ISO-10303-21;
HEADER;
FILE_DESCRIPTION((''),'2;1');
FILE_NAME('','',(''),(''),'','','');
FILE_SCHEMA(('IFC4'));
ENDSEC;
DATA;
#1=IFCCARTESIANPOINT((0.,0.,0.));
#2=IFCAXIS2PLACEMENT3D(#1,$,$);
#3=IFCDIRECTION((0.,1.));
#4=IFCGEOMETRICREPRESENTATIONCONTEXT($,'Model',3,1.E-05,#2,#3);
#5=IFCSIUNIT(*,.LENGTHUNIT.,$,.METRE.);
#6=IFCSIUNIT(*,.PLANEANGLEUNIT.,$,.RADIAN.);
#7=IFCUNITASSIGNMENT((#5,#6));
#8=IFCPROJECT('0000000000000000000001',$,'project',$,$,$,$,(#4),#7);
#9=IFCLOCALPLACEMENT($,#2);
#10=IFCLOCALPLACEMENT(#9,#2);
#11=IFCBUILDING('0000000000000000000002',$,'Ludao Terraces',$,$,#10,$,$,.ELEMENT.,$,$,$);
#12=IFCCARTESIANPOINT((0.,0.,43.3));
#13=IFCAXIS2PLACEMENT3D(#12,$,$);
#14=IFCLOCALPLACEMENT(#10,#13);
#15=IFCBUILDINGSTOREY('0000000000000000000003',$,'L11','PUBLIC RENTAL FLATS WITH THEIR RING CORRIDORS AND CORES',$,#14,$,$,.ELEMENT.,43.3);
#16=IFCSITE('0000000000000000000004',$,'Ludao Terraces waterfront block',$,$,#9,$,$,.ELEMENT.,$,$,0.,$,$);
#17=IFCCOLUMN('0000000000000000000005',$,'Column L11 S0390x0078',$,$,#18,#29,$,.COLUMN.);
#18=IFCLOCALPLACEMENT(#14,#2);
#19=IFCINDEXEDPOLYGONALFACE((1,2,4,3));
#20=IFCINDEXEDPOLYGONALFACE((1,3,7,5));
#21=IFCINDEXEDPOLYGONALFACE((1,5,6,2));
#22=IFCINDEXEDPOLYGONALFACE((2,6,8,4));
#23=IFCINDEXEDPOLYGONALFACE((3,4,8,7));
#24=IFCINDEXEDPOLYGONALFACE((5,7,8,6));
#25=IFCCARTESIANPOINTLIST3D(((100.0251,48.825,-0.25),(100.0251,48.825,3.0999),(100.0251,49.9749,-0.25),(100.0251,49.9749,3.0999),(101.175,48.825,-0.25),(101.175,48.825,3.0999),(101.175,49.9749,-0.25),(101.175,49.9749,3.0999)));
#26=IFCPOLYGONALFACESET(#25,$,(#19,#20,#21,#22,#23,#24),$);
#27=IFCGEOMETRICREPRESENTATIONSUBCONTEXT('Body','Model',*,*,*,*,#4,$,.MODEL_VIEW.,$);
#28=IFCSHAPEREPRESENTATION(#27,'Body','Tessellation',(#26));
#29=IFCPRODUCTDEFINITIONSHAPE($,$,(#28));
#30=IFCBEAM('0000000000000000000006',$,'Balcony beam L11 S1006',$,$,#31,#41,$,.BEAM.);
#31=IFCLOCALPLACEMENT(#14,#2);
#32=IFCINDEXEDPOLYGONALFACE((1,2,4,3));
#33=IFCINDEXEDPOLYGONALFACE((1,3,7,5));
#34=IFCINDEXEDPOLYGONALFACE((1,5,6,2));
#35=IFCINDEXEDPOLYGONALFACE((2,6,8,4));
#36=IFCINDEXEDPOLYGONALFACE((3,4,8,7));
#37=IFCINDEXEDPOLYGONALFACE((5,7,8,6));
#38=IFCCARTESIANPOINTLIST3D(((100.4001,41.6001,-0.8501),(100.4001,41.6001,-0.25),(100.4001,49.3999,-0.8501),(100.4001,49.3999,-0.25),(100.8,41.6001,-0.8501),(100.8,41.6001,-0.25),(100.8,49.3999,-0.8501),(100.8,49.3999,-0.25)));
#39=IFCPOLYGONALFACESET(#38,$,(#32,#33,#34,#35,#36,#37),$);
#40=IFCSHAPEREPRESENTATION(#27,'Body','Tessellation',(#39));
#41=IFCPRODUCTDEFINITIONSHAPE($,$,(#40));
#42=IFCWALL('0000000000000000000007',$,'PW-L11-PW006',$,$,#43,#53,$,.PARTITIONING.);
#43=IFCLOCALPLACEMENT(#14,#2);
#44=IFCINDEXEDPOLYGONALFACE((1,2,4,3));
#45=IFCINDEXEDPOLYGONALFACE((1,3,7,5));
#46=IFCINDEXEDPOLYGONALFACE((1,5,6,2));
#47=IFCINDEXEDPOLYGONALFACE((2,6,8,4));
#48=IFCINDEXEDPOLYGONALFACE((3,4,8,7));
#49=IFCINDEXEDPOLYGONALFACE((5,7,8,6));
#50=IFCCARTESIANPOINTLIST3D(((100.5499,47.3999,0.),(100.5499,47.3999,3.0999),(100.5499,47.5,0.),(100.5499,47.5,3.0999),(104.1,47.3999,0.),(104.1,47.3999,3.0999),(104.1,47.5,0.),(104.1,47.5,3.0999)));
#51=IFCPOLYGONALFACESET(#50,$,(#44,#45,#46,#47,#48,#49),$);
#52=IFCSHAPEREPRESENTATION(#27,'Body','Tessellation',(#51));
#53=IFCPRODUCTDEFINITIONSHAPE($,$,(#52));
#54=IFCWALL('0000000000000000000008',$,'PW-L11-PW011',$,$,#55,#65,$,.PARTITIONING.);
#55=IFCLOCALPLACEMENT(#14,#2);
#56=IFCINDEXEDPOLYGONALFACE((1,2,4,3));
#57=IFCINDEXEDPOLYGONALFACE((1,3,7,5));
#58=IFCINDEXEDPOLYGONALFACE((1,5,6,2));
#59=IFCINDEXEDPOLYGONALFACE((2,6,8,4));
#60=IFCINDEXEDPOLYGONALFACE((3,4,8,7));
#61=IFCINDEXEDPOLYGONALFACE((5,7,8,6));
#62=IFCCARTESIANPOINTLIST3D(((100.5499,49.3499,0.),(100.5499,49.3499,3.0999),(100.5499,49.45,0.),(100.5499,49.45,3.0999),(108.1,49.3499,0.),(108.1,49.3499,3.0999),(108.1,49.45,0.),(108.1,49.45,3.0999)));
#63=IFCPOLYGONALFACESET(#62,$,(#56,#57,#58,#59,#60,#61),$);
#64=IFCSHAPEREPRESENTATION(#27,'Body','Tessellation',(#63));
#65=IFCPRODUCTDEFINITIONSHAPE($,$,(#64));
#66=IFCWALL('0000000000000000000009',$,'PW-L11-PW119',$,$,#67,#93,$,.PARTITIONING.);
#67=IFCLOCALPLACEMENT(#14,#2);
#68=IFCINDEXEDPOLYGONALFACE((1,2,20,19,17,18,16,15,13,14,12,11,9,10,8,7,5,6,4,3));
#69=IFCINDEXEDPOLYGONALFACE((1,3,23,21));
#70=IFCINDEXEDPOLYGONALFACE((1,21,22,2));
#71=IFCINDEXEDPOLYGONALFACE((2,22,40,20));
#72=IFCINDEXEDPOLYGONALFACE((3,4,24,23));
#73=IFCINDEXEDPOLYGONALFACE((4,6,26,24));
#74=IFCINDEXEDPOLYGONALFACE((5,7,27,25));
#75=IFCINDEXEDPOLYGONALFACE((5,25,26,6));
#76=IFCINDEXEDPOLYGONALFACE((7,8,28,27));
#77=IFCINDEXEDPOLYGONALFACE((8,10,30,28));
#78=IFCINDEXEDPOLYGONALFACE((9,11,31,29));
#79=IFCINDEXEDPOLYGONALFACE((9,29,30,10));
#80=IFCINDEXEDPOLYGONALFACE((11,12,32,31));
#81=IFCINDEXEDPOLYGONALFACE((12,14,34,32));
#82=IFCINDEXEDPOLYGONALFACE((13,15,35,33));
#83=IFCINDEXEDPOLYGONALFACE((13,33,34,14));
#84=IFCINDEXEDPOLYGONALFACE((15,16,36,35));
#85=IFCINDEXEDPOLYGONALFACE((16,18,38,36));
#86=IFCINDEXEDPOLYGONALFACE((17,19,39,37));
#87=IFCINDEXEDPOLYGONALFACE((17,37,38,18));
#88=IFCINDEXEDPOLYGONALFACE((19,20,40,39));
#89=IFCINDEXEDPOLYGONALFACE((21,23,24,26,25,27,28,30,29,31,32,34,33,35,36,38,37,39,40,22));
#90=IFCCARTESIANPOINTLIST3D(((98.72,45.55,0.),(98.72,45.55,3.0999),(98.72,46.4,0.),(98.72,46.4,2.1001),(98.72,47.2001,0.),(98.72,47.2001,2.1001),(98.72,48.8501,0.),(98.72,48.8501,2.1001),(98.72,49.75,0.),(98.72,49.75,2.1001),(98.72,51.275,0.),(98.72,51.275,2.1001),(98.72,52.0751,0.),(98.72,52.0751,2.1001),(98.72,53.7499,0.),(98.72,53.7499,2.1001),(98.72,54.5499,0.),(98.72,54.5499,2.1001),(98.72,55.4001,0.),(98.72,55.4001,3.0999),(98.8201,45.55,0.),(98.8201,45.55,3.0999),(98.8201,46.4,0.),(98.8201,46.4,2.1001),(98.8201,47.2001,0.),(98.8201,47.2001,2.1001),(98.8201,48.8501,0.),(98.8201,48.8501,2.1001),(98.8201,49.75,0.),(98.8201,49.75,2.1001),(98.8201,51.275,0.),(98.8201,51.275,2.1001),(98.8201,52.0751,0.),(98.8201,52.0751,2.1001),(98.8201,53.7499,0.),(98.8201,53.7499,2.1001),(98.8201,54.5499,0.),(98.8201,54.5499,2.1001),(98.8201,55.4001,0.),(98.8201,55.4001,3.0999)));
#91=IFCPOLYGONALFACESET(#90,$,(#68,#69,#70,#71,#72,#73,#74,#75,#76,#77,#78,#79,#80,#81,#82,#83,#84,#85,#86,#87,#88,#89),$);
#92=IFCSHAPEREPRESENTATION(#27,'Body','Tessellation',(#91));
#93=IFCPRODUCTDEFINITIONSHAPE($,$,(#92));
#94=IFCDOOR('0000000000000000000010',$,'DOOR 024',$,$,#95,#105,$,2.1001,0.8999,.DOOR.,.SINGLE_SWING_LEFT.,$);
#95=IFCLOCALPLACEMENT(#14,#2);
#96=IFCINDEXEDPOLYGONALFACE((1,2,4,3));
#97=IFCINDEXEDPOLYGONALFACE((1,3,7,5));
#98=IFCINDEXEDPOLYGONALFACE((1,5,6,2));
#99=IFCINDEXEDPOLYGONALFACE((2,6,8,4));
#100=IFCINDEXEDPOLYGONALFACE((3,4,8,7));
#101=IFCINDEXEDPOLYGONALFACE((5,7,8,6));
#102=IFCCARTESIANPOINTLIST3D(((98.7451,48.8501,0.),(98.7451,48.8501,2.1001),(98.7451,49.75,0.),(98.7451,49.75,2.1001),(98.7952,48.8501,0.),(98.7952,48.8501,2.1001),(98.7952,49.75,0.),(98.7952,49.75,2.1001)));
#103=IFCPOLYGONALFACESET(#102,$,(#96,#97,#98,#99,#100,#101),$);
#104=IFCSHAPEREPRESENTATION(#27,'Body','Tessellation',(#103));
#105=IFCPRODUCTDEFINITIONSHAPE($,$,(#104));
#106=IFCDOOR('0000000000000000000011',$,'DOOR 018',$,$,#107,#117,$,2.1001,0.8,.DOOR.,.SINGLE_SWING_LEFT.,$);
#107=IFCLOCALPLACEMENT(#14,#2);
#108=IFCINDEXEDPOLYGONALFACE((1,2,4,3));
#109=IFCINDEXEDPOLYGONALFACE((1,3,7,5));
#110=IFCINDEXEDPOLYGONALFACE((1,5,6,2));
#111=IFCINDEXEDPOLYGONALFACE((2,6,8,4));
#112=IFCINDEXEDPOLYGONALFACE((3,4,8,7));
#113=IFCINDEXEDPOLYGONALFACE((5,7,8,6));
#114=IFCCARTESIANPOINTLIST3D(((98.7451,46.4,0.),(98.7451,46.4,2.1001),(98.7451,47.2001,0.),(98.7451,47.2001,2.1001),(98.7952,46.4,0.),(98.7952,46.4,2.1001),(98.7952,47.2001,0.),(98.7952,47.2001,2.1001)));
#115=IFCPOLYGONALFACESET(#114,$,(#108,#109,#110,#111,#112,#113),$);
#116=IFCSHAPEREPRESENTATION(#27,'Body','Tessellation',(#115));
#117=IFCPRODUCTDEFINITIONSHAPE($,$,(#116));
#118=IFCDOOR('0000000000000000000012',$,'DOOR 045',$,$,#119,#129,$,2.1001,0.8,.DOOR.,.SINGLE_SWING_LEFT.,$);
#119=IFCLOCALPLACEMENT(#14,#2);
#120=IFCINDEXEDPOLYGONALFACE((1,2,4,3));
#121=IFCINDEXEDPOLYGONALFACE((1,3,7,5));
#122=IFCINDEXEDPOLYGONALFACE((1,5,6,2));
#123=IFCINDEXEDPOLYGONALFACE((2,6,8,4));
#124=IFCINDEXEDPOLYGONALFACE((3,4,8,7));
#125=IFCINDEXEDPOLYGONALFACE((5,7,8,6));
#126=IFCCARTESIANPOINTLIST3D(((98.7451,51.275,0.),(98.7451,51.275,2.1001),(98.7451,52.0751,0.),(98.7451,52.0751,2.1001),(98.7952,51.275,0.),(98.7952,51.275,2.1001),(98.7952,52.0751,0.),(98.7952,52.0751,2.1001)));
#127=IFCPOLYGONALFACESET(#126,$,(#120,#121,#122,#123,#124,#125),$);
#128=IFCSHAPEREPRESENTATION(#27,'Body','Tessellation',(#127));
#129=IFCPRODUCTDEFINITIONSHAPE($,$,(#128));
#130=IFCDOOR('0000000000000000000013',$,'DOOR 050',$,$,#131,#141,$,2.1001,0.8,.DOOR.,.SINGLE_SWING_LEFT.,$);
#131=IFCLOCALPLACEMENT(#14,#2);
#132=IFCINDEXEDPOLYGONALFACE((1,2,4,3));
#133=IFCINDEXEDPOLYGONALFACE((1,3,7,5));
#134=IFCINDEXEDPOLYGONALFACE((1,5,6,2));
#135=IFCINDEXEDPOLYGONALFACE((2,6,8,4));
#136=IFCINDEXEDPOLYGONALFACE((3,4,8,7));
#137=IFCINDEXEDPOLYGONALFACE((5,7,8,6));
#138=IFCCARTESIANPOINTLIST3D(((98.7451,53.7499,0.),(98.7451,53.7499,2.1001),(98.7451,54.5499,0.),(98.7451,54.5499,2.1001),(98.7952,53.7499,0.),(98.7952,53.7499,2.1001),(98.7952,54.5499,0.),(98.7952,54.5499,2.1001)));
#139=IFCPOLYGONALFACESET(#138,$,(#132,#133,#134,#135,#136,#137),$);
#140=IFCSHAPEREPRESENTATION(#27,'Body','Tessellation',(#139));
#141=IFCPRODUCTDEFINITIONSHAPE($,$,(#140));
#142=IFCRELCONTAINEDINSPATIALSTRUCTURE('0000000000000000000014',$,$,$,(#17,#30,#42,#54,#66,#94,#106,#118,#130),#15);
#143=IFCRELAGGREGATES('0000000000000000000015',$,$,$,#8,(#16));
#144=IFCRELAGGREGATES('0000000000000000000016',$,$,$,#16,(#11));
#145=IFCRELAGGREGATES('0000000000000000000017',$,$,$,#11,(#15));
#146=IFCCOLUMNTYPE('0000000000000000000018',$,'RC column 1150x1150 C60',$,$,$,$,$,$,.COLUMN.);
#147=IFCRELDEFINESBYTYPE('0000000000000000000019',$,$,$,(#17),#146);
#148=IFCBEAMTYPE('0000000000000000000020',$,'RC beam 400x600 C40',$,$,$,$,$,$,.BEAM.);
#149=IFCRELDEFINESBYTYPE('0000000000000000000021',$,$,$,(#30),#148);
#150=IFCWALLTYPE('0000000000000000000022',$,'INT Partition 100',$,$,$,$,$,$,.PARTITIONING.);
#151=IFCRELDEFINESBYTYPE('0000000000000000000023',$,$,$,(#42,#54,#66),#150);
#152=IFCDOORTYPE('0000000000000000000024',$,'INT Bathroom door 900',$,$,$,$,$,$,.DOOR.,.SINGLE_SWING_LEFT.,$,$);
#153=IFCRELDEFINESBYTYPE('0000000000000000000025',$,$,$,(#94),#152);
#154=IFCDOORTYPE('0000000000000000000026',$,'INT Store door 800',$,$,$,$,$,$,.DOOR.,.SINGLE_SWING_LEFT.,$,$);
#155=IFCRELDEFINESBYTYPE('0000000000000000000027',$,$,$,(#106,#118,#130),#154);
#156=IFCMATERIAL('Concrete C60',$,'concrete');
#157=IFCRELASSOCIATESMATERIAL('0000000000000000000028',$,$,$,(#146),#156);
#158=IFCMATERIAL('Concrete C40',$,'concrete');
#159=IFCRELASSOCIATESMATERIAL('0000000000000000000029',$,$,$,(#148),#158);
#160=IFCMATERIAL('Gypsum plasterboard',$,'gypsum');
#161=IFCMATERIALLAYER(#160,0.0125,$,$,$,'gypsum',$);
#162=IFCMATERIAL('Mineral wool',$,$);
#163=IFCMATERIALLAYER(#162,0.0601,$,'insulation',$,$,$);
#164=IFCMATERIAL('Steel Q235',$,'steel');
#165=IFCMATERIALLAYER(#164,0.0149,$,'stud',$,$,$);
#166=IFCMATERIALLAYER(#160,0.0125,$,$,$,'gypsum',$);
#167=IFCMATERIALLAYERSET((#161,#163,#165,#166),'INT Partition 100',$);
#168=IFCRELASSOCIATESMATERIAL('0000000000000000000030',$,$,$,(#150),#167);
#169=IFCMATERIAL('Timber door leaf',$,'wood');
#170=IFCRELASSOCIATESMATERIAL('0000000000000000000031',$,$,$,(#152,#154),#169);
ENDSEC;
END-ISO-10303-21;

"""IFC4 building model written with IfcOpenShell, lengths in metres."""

from ifc_helpers import new_model, si_unit, direction, frame, frame_2d, origin, origin_2d, place, context, subcontext, project, spatial, rectangle, extrude, material, layer, layer_set, material_profile, profile_set, type_object, element, fill, save


model = new_model("IFC4")

# Units and contexts
model_context = context("Model", 3, precision=1e-05, world=origin(), true_north=direction((0.0, 1.0)))
body_context = subcontext(model_context, "Body", "Model", "MODEL_VIEW")
ifc_project = project(units=[si_unit("LENGTHUNIT", "METRE"), si_unit("PLANEANGLEUNIT", "RADIAN")], contexts=[model_context])

# Site, building, storey
site_placement = place(None, origin())
site = spatial("IfcSite", under=ifc_project, at=site_placement, Name="Ludao Terraces waterfront block", CompositionType="ELEMENT", RefElevation=0.0)
building_placement = place(site_placement, origin())
building = spatial("IfcBuilding", under=site, at=building_placement, Name="Ludao Terraces", CompositionType="ELEMENT")
storey_placement = place(building_placement, frame((0.0, 0.0, 43.3)))
storey = spatial("IfcBuildingStorey", under=building, at=storey_placement, Name="L11", Description="PUBLIC RENTAL FLATS WITH THEIR RING CORRIDORS AND CORES", CompositionType="ELEMENT", Elevation=43.3)

# Column
ifc_material_1 = material(Name="Concrete C60", Category="concrete")
ifc_material_profile_1 = material_profile(ifc_material_1, rectangle(XDim=1.1499, YDim=1.1499, at=origin_2d()), Name="1150 X 1150")
ifc_profile_set_1 = profile_set([ifc_material_profile_1], Name="Concrete C60")
column_type = type_object("IfcColumnType", Name="RC column 1150x1150 C60", PredefinedType="COLUMN", material=ifc_profile_set_1)
column_placement = place(storey_placement, frame((100.6001, 49.3999, -0.25), z_axis=(0.0, 0.0, 1.0), x_axis=(1.0, 0.0, 0.0)))
element("IfcColumn", 1, at=column_placement, inside=storey, type_object=column_type, Name="Column L11 S0390x0078", PredefinedType="COLUMN", context=body_context, shape_type="SweptSolid", body=[
    extrude(rectangle(XDim=1.1499, YDim=1.1499, at=origin_2d()), origin(), (0.0, 0.0, 1.0), 3.3499),
])

# Beam
ifc_material_2 = material(Name="Concrete C40", Category="concrete")
ifc_material_profile_2 = material_profile(ifc_material_2, rectangle(XDim=0.3999, YDim=0.6001, at=origin_2d()), Name="400 X 600")
ifc_profile_set_2 = profile_set([ifc_material_profile_2], Name="Concrete C40")
beam_type = type_object("IfcBeamType", Name="RC beam 400x600 C40", PredefinedType="BEAM", material=ifc_profile_set_2)
beam_placement = place(storey_placement, frame((100.6001, 49.3999, -0.55), z_axis=(0.0, -1.0, 0.0), x_axis=(1.0, 0.0, 0.0)))
element("IfcBeam", 2, at=beam_placement, inside=storey, type_object=beam_type, Name="Balcony beam L11 S1006", PredefinedType="BEAM", context=body_context, shape_type="SweptSolid", body=[
    extrude(rectangle(XDim=0.3999, YDim=0.6001, at=origin_2d()), origin(), (0.0, 0.0, 1.0), 7.7998),
])

# Walls
ifc_material_3 = material(Name="Gypsum plasterboard", Category="gypsum")
ifc_layer_1 = layer(ifc_material_3, 0.0125, Category="gypsum")
ifc_material_4 = material(Name="Mineral wool")
ifc_layer_2 = layer(ifc_material_4, 0.0601, Name="insulation")
ifc_material_5 = material(Name="Steel Q235", Category="steel")
ifc_layer_3 = layer(ifc_material_5, 0.0149, Name="stud")
ifc_layer_4 = layer(ifc_material_3, 0.0125, Category="gypsum")
ifc_layer_set = layer_set([ifc_layer_1, ifc_layer_2, ifc_layer_3, ifc_layer_4], Name="INT Partition 100")
wall_type = type_object("IfcWallType", Name="INT Partition 100", PredefinedType="PARTITIONING", material=ifc_layer_set)
wall_1_placement = place(storey_placement, frame((100.55, 47.45, 0.0), z_axis=(0.0, 0.0, 1.0), x_axis=(1.0, 0.0, 0.0)))
element("IfcWall", 3, at=wall_1_placement, inside=storey, type_object=wall_type, Name="PW-L11-PW006", PredefinedType="PARTITIONING", context=body_context, shape_type="SweptSolid", body=[
    extrude(rectangle(XDim=3.55, YDim=0.1001, at=frame_2d((1.7749, 0.0))), origin(), (0.0, 0.0, 1.0), 3.0999),
])
wall_2_placement = place(storey_placement, frame((100.55, 49.3999, 0.0), z_axis=(0.0, 0.0, 1.0), x_axis=(1.0, 0.0, 0.0)))
element("IfcWall", 4, at=wall_2_placement, inside=storey, type_object=wall_type, Name="PW-L11-PW011", PredefinedType="PARTITIONING", context=body_context, shape_type="SweptSolid", body=[
    extrude(rectangle(XDim=7.55, YDim=0.1001, at=frame_2d((3.7749, 0.0))), origin(), (0.0, 0.0, 1.0), 3.0999),
])

# Wall, openings, doors
wall_3_placement = place(storey_placement, frame((98.77, 45.55, 0.0), z_axis=(0.0, 0.0, 1.0), x_axis=(0.0, 1.0, 0.0)))
wall_3 = element("IfcWall", 5, at=wall_3_placement, inside=storey, type_object=wall_type, Name="PW-L11-PW119", PredefinedType="PARTITIONING", context=body_context, shape_type="SweptSolid", body=[
    extrude(rectangle(XDim=9.8501, YDim=0.1001, at=frame_2d((4.925, 0.0))), origin(), (0.0, 0.0, 1.0), 3.0999),
])
opening_1_placement = place(wall_3_placement, frame((0.8501, 0.0, 0.0)))
opening_1 = element("IfcOpeningElement", 6, at=opening_1_placement, cuts=wall_3, PredefinedType="OPENING", context=body_context, shape_type="SweptSolid", body=[
    extrude(rectangle(XDim=0.8, YDim=2.1001, at=frame_2d((0.3999, 1.05))), frame((0.0, 0.0601, 0.0), z_axis=(0.0, -1.0, 0.0), x_axis=(1.0, 0.0, 0.0)), (0.0, 0.0, 1.0), 0.1201),
])
opening_2_placement = place(wall_3_placement, frame((3.3, 0.0, 0.0)))
opening_2 = element("IfcOpeningElement", 7, at=opening_2_placement, cuts=wall_3, PredefinedType="OPENING", context=body_context, shape_type="SweptSolid", body=[
    extrude(rectangle(XDim=0.8999, YDim=2.1001, at=frame_2d((0.45, 1.05))), frame((0.0, 0.0601, 0.0), z_axis=(0.0, -1.0, 0.0), x_axis=(1.0, 0.0, 0.0)), (0.0, 0.0, 1.0), 0.1201),
])
opening_3_placement = place(wall_3_placement, frame((5.7251, 0.0, 0.0)))
opening_3 = element("IfcOpeningElement", 8, at=opening_3_placement, cuts=wall_3, PredefinedType="OPENING", context=body_context, shape_type="SweptSolid", body=[
    extrude(rectangle(XDim=0.8, YDim=2.1001, at=frame_2d((0.3999, 1.05))), frame((0.0, 0.0601, 0.0), z_axis=(0.0, -1.0, 0.0), x_axis=(1.0, 0.0, 0.0)), (0.0, 0.0, 1.0), 0.1201),
])
opening_4_placement = place(wall_3_placement, frame((8.2, 0.0, 0.0)))
opening_4 = element("IfcOpeningElement", 9, at=opening_4_placement, cuts=wall_3, PredefinedType="OPENING", context=body_context, shape_type="SweptSolid", body=[
    extrude(rectangle(XDim=0.8, YDim=2.1001, at=frame_2d((0.3999, 1.05))), frame((0.0, 0.0601, 0.0), z_axis=(0.0, -1.0, 0.0), x_axis=(1.0, 0.0, 0.0)), (0.0, 0.0, 1.0), 0.1201),
])
ifc_material_6 = material(Name="Timber door leaf", Category="wood")
door_type_1 = type_object("IfcDoorType", Name="INT Bathroom door 900", OperationType="SINGLE_SWING_LEFT", PredefinedType="DOOR", material=ifc_material_6)
door_1_placement = place(opening_2_placement, origin())
door_1 = element("IfcDoor", 10, at=door_1_placement, inside=storey, type_object=door_type_1, Name="DOOR 024", OperationType="SINGLE_SWING_LEFT", OverallHeight=2.1001, OverallWidth=0.8999, PredefinedType="DOOR", context=body_context, shape_type="SweptSolid", body=[
    extrude(rectangle(XDim=0.8999, YDim=2.1001, at=frame_2d((0.45, 1.05))), frame((0.0, 0.0249, 0.0), z_axis=(0.0, -1.0, 0.0), x_axis=(1.0, 0.0, 0.0)), (0.0, 0.0, 1.0), 0.05),
])
fill(opening_2, door_1)
door_type_2 = type_object("IfcDoorType", Name="INT Store door 800", OperationType="SINGLE_SWING_LEFT", PredefinedType="DOOR", material=ifc_material_6)
door_2_placement = place(opening_1_placement, origin())
door_2 = element("IfcDoor", 11, at=door_2_placement, inside=storey, type_object=door_type_2, Name="DOOR 018", OperationType="SINGLE_SWING_LEFT", OverallHeight=2.1001, OverallWidth=0.8, PredefinedType="DOOR", context=body_context, shape_type="SweptSolid", body=[
    extrude(rectangle(XDim=0.8, YDim=2.1001, at=frame_2d((0.3999, 1.05))), frame((0.0, 0.0249, 0.0), z_axis=(0.0, -1.0, 0.0), x_axis=(1.0, 0.0, 0.0)), (0.0, 0.0, 1.0), 0.05),
])
fill(opening_1, door_2)
door_3_placement = place(opening_3_placement, origin())
door_3 = element("IfcDoor", 12, at=door_3_placement, inside=storey, type_object=door_type_2, Name="DOOR 045", OperationType="SINGLE_SWING_LEFT", OverallHeight=2.1001, OverallWidth=0.8, PredefinedType="DOOR", context=body_context, shape_type="SweptSolid", body=[
    extrude(rectangle(XDim=0.8, YDim=2.1001, at=frame_2d((0.3999, 1.05))), frame((0.0, 0.0249, 0.0), z_axis=(0.0, -1.0, 0.0), x_axis=(1.0, 0.0, 0.0)), (0.0, 0.0, 1.0), 0.05),
])
fill(opening_3, door_3)
door_4_placement = place(opening_4_placement, origin())
door_4 = element("IfcDoor", 13, at=door_4_placement, inside=storey, type_object=door_type_2, Name="DOOR 050", OperationType="SINGLE_SWING_LEFT", OverallHeight=2.1001, OverallWidth=0.8, PredefinedType="DOOR", context=body_context, shape_type="SweptSolid", body=[
    extrude(rectangle(XDim=0.8, YDim=2.1001, at=frame_2d((0.3999, 1.05))), frame((0.0, 0.0249, 0.0), z_axis=(0.0, -1.0, 0.0), x_axis=(1.0, 0.0, 0.0)), (0.0, 0.0, 1.0), 0.05),
])
fill(opening_4, door_4)

save(model, "model.ifc")
